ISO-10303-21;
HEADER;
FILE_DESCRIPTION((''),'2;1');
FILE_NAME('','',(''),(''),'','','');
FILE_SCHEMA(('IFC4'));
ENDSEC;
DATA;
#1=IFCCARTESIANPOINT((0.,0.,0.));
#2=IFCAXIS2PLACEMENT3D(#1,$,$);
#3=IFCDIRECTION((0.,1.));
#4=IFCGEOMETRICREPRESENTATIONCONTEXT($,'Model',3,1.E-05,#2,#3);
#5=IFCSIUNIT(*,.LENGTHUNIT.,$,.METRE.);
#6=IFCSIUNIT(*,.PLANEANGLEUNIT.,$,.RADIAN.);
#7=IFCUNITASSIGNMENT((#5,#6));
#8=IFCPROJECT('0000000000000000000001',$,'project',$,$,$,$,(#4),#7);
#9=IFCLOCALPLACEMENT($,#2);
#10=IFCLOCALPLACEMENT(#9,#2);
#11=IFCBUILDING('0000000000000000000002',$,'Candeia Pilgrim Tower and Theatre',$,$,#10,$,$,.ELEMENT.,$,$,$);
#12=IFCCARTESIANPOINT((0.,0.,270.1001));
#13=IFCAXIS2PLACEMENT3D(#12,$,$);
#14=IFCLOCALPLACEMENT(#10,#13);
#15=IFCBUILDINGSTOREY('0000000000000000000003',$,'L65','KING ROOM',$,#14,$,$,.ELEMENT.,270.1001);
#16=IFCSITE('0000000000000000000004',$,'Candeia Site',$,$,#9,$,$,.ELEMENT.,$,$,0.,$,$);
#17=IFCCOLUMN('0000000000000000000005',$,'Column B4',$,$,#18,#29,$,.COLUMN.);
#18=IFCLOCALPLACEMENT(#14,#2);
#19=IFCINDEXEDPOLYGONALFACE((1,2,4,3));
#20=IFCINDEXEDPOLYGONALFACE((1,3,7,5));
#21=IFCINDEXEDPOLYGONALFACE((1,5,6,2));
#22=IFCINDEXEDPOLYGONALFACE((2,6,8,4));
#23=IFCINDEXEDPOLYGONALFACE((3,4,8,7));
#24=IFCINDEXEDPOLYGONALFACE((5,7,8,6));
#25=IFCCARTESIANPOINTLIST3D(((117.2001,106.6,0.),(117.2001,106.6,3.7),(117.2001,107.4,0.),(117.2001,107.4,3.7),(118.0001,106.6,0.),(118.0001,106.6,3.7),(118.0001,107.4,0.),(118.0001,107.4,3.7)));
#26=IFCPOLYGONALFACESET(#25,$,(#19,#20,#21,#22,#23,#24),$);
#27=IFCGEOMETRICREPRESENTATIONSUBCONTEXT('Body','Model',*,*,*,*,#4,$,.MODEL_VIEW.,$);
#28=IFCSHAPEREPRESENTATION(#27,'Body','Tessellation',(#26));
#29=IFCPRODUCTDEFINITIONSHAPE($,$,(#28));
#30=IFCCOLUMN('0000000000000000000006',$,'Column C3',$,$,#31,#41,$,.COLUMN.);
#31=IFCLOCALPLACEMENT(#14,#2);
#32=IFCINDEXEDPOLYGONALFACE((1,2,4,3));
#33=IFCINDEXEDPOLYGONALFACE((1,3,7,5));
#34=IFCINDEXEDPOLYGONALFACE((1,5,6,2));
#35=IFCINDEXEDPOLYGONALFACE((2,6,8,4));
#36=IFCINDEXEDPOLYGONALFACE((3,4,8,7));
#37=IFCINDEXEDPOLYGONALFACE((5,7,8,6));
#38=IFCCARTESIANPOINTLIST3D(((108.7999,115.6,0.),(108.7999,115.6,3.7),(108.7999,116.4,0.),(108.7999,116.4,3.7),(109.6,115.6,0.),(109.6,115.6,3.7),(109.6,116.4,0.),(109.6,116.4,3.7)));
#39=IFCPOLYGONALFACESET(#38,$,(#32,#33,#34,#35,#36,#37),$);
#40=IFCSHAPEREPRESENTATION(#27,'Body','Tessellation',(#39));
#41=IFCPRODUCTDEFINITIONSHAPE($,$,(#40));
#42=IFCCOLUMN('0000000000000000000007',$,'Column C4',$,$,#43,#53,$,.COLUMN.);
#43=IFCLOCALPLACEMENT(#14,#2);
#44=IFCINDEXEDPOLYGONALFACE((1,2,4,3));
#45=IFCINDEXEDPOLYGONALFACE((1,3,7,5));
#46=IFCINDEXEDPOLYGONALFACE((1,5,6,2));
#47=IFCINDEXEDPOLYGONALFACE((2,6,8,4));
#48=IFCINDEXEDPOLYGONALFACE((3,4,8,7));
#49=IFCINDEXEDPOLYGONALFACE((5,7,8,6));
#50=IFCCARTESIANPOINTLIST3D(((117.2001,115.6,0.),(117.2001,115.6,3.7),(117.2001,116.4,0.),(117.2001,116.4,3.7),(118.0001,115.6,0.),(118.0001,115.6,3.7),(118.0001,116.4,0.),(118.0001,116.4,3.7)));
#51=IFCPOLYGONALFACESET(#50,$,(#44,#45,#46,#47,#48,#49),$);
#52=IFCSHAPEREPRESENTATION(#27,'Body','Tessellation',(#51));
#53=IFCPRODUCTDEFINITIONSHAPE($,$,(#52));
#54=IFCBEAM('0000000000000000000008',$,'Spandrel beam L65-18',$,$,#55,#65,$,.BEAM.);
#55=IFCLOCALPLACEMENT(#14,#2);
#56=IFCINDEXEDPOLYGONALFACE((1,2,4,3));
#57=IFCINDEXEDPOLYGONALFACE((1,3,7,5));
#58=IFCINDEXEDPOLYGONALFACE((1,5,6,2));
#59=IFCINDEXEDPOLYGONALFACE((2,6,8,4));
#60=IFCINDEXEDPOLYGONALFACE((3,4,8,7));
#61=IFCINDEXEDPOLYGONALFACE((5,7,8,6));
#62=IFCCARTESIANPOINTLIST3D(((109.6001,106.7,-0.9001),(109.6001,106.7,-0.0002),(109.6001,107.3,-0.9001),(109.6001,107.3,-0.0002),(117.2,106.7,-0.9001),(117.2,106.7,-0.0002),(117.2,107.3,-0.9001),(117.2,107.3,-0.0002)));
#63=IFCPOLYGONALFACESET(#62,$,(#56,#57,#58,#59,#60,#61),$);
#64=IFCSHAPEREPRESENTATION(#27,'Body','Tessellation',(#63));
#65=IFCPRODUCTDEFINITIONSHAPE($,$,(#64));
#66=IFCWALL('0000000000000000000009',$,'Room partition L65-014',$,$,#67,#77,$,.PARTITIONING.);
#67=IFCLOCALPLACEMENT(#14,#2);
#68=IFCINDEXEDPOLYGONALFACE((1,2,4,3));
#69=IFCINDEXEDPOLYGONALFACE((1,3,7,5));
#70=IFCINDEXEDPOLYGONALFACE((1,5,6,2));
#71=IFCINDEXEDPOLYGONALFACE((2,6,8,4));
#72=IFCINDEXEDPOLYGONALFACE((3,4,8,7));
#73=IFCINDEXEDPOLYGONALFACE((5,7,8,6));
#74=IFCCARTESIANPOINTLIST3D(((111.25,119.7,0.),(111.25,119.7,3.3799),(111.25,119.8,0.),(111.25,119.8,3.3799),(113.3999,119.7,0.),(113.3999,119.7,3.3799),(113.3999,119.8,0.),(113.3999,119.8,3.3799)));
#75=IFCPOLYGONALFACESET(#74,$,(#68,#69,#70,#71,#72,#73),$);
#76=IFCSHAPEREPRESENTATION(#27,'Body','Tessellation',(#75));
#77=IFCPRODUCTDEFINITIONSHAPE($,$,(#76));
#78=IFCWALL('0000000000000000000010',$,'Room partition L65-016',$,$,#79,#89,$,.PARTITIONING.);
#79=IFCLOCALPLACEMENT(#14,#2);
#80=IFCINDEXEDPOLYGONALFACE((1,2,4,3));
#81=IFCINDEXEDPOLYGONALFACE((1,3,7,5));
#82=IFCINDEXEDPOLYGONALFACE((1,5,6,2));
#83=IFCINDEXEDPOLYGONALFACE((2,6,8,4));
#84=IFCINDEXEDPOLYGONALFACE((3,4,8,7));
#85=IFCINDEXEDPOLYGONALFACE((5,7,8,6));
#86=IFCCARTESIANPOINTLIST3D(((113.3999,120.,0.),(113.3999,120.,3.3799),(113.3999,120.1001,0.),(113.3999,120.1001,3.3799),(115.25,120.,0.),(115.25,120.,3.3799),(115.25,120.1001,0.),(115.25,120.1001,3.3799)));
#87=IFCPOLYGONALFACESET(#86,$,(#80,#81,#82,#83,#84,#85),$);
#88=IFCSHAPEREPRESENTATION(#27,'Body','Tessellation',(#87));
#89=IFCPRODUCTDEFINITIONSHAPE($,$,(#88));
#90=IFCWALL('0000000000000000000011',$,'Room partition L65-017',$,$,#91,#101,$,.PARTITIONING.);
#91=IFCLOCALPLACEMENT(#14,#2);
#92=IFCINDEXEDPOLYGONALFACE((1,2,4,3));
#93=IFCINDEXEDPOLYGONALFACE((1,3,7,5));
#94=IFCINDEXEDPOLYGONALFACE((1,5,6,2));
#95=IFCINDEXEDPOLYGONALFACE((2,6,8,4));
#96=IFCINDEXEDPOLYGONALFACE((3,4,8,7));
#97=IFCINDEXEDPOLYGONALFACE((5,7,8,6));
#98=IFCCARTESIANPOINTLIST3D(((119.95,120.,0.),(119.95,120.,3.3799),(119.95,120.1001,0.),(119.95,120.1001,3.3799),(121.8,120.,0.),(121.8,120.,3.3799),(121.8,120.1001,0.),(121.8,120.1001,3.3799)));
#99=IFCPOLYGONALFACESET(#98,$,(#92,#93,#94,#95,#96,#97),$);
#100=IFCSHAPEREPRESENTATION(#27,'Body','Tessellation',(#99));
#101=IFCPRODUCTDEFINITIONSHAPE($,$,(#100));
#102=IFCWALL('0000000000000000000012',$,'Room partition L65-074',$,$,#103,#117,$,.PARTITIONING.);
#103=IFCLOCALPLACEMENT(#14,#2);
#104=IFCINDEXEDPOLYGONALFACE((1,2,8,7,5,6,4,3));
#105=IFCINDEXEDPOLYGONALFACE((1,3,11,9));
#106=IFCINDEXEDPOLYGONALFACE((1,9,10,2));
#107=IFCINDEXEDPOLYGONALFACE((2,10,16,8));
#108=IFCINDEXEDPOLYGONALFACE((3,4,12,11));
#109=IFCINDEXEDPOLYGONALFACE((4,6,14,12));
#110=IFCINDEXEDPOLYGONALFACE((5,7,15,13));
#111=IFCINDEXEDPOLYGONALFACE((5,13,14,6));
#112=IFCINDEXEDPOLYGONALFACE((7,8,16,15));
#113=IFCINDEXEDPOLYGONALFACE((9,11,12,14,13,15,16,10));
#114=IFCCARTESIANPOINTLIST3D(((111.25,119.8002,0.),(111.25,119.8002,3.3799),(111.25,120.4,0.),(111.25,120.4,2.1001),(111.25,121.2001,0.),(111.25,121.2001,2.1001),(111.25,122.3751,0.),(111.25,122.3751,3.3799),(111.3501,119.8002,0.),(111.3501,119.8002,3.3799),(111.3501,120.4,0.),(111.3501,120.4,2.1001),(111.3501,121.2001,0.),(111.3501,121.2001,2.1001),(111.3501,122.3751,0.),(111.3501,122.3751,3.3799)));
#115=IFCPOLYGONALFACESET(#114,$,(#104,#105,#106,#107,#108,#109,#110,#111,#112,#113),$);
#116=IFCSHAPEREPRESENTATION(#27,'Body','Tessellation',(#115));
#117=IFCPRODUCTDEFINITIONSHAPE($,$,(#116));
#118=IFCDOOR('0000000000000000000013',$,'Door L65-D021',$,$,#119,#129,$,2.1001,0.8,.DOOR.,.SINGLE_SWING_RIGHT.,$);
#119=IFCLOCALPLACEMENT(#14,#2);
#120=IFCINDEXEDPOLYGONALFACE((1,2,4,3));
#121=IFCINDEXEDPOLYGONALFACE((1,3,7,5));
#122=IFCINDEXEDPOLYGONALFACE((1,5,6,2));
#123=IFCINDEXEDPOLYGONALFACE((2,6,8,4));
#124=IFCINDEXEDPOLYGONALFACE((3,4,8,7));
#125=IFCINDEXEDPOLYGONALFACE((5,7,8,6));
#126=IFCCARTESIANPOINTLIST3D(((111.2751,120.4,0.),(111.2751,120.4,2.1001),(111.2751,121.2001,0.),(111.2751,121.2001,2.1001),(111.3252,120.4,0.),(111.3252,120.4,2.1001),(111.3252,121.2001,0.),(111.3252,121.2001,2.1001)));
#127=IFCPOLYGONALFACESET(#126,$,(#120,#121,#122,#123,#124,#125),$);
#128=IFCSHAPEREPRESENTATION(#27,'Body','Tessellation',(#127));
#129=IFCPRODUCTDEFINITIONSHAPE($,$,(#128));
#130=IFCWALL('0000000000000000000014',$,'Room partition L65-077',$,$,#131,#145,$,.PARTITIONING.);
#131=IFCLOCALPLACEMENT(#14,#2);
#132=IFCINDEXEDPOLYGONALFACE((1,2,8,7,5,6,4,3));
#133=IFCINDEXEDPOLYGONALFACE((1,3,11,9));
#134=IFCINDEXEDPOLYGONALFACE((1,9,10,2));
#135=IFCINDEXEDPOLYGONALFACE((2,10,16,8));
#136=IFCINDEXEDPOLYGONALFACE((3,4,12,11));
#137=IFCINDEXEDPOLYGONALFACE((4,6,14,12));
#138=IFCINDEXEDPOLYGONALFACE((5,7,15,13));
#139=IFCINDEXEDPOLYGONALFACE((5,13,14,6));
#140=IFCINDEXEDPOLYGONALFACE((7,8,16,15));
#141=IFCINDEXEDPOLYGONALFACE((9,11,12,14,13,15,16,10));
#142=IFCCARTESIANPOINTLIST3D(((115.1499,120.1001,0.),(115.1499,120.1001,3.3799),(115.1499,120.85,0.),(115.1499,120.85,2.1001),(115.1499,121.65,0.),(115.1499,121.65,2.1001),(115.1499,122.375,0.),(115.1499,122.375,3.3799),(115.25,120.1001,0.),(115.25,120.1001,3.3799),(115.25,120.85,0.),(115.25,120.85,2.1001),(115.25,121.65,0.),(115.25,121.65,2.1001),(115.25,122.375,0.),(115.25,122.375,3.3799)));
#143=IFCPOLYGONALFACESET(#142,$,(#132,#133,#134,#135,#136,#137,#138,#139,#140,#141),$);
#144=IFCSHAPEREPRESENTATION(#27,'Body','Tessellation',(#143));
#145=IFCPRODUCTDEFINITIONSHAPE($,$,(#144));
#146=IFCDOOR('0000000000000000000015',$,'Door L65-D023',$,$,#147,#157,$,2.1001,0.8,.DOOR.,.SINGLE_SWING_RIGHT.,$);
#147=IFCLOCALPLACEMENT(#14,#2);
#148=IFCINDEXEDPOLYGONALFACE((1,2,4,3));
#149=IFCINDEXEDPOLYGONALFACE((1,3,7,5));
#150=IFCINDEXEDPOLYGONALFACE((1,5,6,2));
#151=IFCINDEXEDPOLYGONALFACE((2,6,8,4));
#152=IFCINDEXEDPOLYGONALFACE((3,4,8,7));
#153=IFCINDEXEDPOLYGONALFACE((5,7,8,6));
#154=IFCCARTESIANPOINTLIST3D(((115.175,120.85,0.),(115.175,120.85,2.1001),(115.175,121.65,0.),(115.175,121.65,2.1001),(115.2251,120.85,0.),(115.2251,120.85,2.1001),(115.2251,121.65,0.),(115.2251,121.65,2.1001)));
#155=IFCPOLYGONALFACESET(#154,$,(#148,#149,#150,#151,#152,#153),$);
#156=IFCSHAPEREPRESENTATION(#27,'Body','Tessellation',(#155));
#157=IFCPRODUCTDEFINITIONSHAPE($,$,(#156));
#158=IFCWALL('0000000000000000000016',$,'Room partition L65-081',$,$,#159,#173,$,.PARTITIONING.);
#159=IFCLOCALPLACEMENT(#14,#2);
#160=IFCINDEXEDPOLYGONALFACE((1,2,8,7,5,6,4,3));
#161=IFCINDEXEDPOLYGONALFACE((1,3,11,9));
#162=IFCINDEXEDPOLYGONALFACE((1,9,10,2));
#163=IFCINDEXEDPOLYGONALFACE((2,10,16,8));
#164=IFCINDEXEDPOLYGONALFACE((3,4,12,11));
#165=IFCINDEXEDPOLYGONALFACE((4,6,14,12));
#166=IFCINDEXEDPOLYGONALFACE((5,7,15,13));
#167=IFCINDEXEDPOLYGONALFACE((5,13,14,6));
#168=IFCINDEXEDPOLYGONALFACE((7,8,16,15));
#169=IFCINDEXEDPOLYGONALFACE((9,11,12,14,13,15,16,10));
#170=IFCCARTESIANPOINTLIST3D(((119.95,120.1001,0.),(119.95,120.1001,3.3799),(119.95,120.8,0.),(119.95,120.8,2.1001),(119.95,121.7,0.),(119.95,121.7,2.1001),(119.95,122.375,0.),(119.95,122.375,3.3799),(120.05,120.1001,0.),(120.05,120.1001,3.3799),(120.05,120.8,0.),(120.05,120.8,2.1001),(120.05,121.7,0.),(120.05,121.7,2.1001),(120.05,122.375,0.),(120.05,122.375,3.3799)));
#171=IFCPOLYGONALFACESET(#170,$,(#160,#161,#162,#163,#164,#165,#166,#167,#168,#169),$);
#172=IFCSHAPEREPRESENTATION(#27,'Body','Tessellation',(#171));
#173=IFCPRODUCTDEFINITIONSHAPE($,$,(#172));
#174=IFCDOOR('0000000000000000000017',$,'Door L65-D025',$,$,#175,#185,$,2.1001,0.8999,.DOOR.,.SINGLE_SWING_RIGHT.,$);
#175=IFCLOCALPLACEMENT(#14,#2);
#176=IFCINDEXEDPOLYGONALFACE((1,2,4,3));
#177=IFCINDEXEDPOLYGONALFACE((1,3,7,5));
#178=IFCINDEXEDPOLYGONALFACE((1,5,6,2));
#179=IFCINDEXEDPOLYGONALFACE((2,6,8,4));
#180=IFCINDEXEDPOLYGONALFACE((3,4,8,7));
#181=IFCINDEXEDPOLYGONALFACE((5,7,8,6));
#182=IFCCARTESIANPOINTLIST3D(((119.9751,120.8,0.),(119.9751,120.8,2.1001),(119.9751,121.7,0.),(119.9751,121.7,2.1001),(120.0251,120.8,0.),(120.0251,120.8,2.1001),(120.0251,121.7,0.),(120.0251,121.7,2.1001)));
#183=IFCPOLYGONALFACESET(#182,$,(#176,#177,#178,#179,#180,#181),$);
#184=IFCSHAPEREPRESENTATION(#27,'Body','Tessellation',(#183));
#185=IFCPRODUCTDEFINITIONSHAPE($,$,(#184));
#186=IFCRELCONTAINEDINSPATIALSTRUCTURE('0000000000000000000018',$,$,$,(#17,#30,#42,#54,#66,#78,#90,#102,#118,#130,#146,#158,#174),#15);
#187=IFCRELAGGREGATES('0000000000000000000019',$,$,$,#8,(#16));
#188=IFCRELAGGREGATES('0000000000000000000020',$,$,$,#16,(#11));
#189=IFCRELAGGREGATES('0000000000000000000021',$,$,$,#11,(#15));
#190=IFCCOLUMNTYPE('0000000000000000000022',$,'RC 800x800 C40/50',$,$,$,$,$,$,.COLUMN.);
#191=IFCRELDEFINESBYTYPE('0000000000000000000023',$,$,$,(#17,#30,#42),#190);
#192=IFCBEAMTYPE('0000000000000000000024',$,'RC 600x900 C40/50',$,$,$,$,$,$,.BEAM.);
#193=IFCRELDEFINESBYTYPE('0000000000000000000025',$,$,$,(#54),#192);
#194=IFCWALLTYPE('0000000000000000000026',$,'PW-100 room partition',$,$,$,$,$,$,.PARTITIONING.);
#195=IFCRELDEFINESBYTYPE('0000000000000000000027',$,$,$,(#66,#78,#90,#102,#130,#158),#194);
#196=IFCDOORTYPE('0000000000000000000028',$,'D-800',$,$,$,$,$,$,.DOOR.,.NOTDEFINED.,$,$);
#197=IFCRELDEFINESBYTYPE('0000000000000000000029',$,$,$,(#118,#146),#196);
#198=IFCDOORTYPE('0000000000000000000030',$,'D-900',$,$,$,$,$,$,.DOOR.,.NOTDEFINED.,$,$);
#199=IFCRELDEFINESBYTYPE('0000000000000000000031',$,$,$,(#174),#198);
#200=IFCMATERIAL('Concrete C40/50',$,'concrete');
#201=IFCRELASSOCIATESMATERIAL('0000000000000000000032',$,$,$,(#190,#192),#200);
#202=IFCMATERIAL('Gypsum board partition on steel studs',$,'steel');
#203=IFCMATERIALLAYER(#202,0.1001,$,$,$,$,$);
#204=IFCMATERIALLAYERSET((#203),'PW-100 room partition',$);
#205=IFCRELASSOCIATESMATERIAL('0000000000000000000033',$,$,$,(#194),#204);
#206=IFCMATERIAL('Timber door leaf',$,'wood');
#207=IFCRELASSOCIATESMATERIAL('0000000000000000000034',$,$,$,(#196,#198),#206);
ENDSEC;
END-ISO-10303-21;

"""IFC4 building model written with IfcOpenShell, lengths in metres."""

from ifc_helpers import new_model, si_unit, direction, frame, frame_2d, origin, origin_2d, place, context, subcontext, project, spatial, rectangle, extrude, material, layer, layer_set, material_profile, profile_set, type_object, element, fill, save


model = new_model("IFC4")

# Units and contexts
model_context = context("Model", 3, precision=1e-05, world=origin(), true_north=direction((0.0, 1.0)))
body_context = subcontext(model_context, "Body", "Model", "MODEL_VIEW")
ifc_project = project(units=[si_unit("LENGTHUNIT", "METRE"), si_unit("PLANEANGLEUNIT", "RADIAN")], contexts=[model_context])

# Site, building, storey
site_placement = place(None, origin())
site = spatial("IfcSite", under=ifc_project, at=site_placement, Name="Candeia Site", CompositionType="ELEMENT", RefElevation=0.0)
building_placement = place(site_placement, origin())
building = spatial("IfcBuilding", under=site, at=building_placement, Name="Candeia Pilgrim Tower and Theatre", CompositionType="ELEMENT")
storey_placement = place(building_placement, frame((0.0, 0.0, 270.1001)))
storey = spatial("IfcBuildingStorey", under=building, at=storey_placement, Name="L65", Description="KING ROOM", CompositionType="ELEMENT", Elevation=270.1001)

# Columns
ifc_material_1 = material(Name="Concrete C40/50", Category="concrete")
ifc_material_profile_1 = material_profile(ifc_material_1, rectangle(XDim=0.8, YDim=0.8, at=origin_2d()))
ifc_profile_set_1 = profile_set([ifc_material_profile_1], Name="Concrete C40/50")
column_type = type_object("IfcColumnType", Name="RC 800x800 C40/50", PredefinedType="COLUMN", material=ifc_profile_set_1)
for number, where, z_axis, x_axis, name in (
    (1, (117.6001, 107.0, 0.0), (0.0, 0.0, 1.0), (1.0, 0.0, 0.0), "Column B4"),
    (2, (109.2, 116.0, 0.0), (0.0, 0.0, 1.0), (1.0, 0.0, 0.0), "Column C3"),
    (3, (117.6001, 116.0, 0.0), (0.0, 0.0, 1.0), (1.0, 0.0, 0.0), "Column C4"),
):
    element("IfcColumn", number, at=place(storey_placement, frame(where, z_axis=z_axis, x_axis=x_axis)), inside=storey, type_object=column_type, Name=name, PredefinedType="COLUMN", context=body_context, shape_type="SweptSolid", body=[
        extrude(rectangle(XDim=0.8, YDim=0.8, at=origin_2d()), origin(), (0.0, 0.0, 1.0), 3.7),
    ])

# Beam
ifc_material_profile_2 = material_profile(ifc_material_1, rectangle(XDim=0.6001, YDim=0.8999, at=origin_2d()))
ifc_profile_set_2 = profile_set([ifc_material_profile_2], Name="Concrete C40/50")
beam_type = type_object("IfcBeamType", Name="RC 600x900 C40/50", PredefinedType="BEAM", material=ifc_profile_set_2)
beam_placement = place(storey_placement, frame((117.2, 107.0, -0.4502), z_axis=(-1.0, 0.0, 0.0), x_axis=(0.0, -1.0, 0.0)))
element("IfcBeam", 4, at=beam_placement, inside=storey, type_object=beam_type, Name="Spandrel beam L65-18", PredefinedType="BEAM", context=body_context, shape_type="SweptSolid", body=[
    extrude(rectangle(XDim=0.6001, YDim=0.8999, at=origin_2d()), origin(), (0.0, 0.0, 1.0), 7.5999),
])

# Walls
ifc_material_2 = material(Name="Gypsum board partition on steel studs", Category="steel")
ifc_layer_1 = layer(ifc_material_2, 0.1001)
ifc_layer_set_1 = layer_set([ifc_layer_1], Name="PW-100 room partition")
wall_type_1 = type_object("IfcWallType", Name="PW-100 room partition", PredefinedType="PARTITIONING", material=ifc_layer_set_1)
wall_1_placement = place(storey_placement, frame((111.25, 119.75, 0.0), z_axis=(0.0, 0.0, 1.0), x_axis=(1.0, 0.0, 0.0)))
element("IfcWall", 5, at=wall_1_placement, inside=storey, type_object=wall_type_1, Name="Room partition L65-014", PredefinedType="PARTITIONING", context=body_context, shape_type="SweptSolid", body=[
    extrude(rectangle(XDim=2.1499, YDim=0.1001, at=frame_2d((1.075, 0.0))), origin(), (0.0, 0.0, 1.0), 3.3799),
])
for number, where, z_axis, x_axis, name in (
    (6, (113.3999, 120.05, 0.0), (0.0, 0.0, 1.0), (1.0, 0.0, 0.0), "Room partition L65-016"),
    (7, (119.95, 120.05, 0.0), (0.0, 0.0, 1.0), (1.0, 0.0, 0.0), "Room partition L65-017"),
):
    element("IfcWall", number, at=place(storey_placement, frame(where, z_axis=z_axis, x_axis=x_axis)), inside=storey, type_object=wall_type_1, Name=name, PredefinedType="PARTITIONING", context=body_context, shape_type="SweptSolid", body=[
        extrude(rectangle(XDim=1.8501, YDim=0.1001, at=frame_2d((0.925, 0.0))), origin(), (0.0, 0.0, 1.0), 3.3799),
    ])

# Walls, openings, doors
wall_2_placement = place(storey_placement, frame((111.3, 119.8, 0.0), z_axis=(0.0, 0.0, 1.0), x_axis=(0.0, 1.0, 0.0)))
wall_2 = element("IfcWall", 8, at=wall_2_placement, inside=storey, type_object=wall_type_1, Name="Room partition L65-074", PredefinedType="PARTITIONING", context=body_context, shape_type="SweptSolid", body=[
    extrude(rectangle(XDim=2.575, YDim=0.1001, at=frame_2d((1.2876, 0.0))), origin(), (0.0, 0.0, 1.0), 3.3799),
])
opening_1_placement = place(wall_2_placement, frame((0.6001, 0.0, 0.0)))
opening_1 = element("IfcOpeningElement", 9, at=opening_1_placement, cuts=wall_2, PredefinedType="OPENING", context=body_context, shape_type="SweptSolid", body=[
    extrude(rectangle(XDim=0.8, YDim=2.1001, at=frame_2d((0.3999, 1.05))), frame((0.0, 0.0601, 0.0), z_axis=(0.0, -1.0, 0.0), x_axis=(1.0, 0.0, 0.0)), (0.0, 0.0, 1.0), 0.1201),
])
ifc_material_3 = material(Name="Timber door leaf", Category="wood")
door_type_1 = type_object("IfcDoorType", Name="D-800", OperationType="NOTDEFINED", PredefinedType="DOOR", material=ifc_material_3)
door_1_placement = place(opening_1_placement, origin())
door_1 = element("IfcDoor", 10, at=door_1_placement, inside=storey, type_object=door_type_1, Name="Door L65-D021", OperationType="SINGLE_SWING_RIGHT", OverallHeight=2.1001, OverallWidth=0.8, PredefinedType="DOOR", context=body_context, shape_type="SweptSolid", body=[
    extrude(rectangle(XDim=0.8, YDim=2.1001, at=frame_2d((0.3999, 1.05))), frame((0.0, 0.0249, 0.0), z_axis=(0.0, -1.0, 0.0), x_axis=(1.0, 0.0, 0.0)), (0.0, 0.0, 1.0), 0.05),
])
fill(opening_1, door_1)
wall_3_placement = place(storey_placement, frame((115.2, 120.1001, 0.0), z_axis=(0.0, 0.0, 1.0), x_axis=(0.0, 1.0, 0.0)))
wall_3 = element("IfcWall", 11, at=wall_3_placement, inside=storey, type_object=wall_type_1, Name="Room partition L65-077", PredefinedType="PARTITIONING", context=body_context, shape_type="SweptSolid", body=[
    extrude(rectangle(XDim=2.2749, YDim=0.1001, at=frame_2d((1.1375, 0.0))), origin(), (0.0, 0.0, 1.0), 3.3799),
])
opening_2_placement = place(wall_3_placement, frame((0.75, 0.0, 0.0)))
opening_2 = element("IfcOpeningElement", 12, at=opening_2_placement, cuts=wall_3, PredefinedType="OPENING", context=body_context, shape_type="SweptSolid", body=[
    extrude(rectangle(XDim=0.8, YDim=2.1001, at=frame_2d((0.3999, 1.05))), frame((0.0, 0.0601, 0.0), z_axis=(0.0, -1.0, 0.0), x_axis=(1.0, 0.0, 0.0)), (0.0, 0.0, 1.0), 0.1201),
])
door_2_placement = place(opening_2_placement, origin())
door_2 = element("IfcDoor", 13, at=door_2_placement, inside=storey, type_object=door_type_1, Name="Door L65-D023", OperationType="SINGLE_SWING_RIGHT", OverallHeight=2.1001, OverallWidth=0.8, PredefinedType="DOOR", context=body_context, shape_type="SweptSolid", body=[
    extrude(rectangle(XDim=0.8, YDim=2.1001, at=frame_2d((0.3999, 1.05))), frame((0.0, 0.0249, 0.0), z_axis=(0.0, -1.0, 0.0), x_axis=(1.0, 0.0, 0.0)), (0.0, 0.0, 1.0), 0.05),
])
fill(opening_2, door_2)
wall_4_placement = place(storey_placement, frame((120.0, 120.1001, 0.0), z_axis=(0.0, 0.0, 1.0), x_axis=(0.0, 1.0, 0.0)))
wall_4 = element("IfcWall", 14, at=wall_4_placement, inside=storey, type_object=wall_type_1, Name="Room partition L65-081", PredefinedType="PARTITIONING", context=body_context, shape_type="SweptSolid", body=[
    extrude(rectangle(XDim=2.2749, YDim=0.1001, at=frame_2d((1.1375, 0.0))), origin(), (0.0, 0.0, 1.0), 3.3799),
])
opening_3_placement = place(wall_4_placement, frame((0.7, 0.0, 0.0)))
opening_3 = element("IfcOpeningElement", 15, at=opening_3_placement, cuts=wall_4, PredefinedType="OPENING", context=body_context, shape_type="SweptSolid", body=[
    extrude(rectangle(XDim=0.8999, YDim=2.1001, at=frame_2d((0.45, 1.05))), frame((0.0, 0.0601, 0.0), z_axis=(0.0, -1.0, 0.0), x_axis=(1.0, 0.0, 0.0)), (0.0, 0.0, 1.0), 0.1201),
])
door_type_2 = type_object("IfcDoorType", Name="D-900", OperationType="NOTDEFINED", PredefinedType="DOOR", material=ifc_material_3)
door_3_placement = place(opening_3_placement, origin())
door_3 = element("IfcDoor", 16, at=door_3_placement, inside=storey, type_object=door_type_2, Name="Door L65-D025", OperationType="SINGLE_SWING_RIGHT", OverallHeight=2.1001, OverallWidth=0.8999, PredefinedType="DOOR", context=body_context, shape_type="SweptSolid", body=[
    extrude(rectangle(XDim=0.8999, YDim=2.1001, at=frame_2d((0.45, 1.05))), frame((0.0, 0.0249, 0.0), z_axis=(0.0, -1.0, 0.0), x_axis=(1.0, 0.0, 0.0)), (0.0, 0.0, 1.0), 0.05),
])
fill(opening_3, door_3)

save(model, "model.ifc")
